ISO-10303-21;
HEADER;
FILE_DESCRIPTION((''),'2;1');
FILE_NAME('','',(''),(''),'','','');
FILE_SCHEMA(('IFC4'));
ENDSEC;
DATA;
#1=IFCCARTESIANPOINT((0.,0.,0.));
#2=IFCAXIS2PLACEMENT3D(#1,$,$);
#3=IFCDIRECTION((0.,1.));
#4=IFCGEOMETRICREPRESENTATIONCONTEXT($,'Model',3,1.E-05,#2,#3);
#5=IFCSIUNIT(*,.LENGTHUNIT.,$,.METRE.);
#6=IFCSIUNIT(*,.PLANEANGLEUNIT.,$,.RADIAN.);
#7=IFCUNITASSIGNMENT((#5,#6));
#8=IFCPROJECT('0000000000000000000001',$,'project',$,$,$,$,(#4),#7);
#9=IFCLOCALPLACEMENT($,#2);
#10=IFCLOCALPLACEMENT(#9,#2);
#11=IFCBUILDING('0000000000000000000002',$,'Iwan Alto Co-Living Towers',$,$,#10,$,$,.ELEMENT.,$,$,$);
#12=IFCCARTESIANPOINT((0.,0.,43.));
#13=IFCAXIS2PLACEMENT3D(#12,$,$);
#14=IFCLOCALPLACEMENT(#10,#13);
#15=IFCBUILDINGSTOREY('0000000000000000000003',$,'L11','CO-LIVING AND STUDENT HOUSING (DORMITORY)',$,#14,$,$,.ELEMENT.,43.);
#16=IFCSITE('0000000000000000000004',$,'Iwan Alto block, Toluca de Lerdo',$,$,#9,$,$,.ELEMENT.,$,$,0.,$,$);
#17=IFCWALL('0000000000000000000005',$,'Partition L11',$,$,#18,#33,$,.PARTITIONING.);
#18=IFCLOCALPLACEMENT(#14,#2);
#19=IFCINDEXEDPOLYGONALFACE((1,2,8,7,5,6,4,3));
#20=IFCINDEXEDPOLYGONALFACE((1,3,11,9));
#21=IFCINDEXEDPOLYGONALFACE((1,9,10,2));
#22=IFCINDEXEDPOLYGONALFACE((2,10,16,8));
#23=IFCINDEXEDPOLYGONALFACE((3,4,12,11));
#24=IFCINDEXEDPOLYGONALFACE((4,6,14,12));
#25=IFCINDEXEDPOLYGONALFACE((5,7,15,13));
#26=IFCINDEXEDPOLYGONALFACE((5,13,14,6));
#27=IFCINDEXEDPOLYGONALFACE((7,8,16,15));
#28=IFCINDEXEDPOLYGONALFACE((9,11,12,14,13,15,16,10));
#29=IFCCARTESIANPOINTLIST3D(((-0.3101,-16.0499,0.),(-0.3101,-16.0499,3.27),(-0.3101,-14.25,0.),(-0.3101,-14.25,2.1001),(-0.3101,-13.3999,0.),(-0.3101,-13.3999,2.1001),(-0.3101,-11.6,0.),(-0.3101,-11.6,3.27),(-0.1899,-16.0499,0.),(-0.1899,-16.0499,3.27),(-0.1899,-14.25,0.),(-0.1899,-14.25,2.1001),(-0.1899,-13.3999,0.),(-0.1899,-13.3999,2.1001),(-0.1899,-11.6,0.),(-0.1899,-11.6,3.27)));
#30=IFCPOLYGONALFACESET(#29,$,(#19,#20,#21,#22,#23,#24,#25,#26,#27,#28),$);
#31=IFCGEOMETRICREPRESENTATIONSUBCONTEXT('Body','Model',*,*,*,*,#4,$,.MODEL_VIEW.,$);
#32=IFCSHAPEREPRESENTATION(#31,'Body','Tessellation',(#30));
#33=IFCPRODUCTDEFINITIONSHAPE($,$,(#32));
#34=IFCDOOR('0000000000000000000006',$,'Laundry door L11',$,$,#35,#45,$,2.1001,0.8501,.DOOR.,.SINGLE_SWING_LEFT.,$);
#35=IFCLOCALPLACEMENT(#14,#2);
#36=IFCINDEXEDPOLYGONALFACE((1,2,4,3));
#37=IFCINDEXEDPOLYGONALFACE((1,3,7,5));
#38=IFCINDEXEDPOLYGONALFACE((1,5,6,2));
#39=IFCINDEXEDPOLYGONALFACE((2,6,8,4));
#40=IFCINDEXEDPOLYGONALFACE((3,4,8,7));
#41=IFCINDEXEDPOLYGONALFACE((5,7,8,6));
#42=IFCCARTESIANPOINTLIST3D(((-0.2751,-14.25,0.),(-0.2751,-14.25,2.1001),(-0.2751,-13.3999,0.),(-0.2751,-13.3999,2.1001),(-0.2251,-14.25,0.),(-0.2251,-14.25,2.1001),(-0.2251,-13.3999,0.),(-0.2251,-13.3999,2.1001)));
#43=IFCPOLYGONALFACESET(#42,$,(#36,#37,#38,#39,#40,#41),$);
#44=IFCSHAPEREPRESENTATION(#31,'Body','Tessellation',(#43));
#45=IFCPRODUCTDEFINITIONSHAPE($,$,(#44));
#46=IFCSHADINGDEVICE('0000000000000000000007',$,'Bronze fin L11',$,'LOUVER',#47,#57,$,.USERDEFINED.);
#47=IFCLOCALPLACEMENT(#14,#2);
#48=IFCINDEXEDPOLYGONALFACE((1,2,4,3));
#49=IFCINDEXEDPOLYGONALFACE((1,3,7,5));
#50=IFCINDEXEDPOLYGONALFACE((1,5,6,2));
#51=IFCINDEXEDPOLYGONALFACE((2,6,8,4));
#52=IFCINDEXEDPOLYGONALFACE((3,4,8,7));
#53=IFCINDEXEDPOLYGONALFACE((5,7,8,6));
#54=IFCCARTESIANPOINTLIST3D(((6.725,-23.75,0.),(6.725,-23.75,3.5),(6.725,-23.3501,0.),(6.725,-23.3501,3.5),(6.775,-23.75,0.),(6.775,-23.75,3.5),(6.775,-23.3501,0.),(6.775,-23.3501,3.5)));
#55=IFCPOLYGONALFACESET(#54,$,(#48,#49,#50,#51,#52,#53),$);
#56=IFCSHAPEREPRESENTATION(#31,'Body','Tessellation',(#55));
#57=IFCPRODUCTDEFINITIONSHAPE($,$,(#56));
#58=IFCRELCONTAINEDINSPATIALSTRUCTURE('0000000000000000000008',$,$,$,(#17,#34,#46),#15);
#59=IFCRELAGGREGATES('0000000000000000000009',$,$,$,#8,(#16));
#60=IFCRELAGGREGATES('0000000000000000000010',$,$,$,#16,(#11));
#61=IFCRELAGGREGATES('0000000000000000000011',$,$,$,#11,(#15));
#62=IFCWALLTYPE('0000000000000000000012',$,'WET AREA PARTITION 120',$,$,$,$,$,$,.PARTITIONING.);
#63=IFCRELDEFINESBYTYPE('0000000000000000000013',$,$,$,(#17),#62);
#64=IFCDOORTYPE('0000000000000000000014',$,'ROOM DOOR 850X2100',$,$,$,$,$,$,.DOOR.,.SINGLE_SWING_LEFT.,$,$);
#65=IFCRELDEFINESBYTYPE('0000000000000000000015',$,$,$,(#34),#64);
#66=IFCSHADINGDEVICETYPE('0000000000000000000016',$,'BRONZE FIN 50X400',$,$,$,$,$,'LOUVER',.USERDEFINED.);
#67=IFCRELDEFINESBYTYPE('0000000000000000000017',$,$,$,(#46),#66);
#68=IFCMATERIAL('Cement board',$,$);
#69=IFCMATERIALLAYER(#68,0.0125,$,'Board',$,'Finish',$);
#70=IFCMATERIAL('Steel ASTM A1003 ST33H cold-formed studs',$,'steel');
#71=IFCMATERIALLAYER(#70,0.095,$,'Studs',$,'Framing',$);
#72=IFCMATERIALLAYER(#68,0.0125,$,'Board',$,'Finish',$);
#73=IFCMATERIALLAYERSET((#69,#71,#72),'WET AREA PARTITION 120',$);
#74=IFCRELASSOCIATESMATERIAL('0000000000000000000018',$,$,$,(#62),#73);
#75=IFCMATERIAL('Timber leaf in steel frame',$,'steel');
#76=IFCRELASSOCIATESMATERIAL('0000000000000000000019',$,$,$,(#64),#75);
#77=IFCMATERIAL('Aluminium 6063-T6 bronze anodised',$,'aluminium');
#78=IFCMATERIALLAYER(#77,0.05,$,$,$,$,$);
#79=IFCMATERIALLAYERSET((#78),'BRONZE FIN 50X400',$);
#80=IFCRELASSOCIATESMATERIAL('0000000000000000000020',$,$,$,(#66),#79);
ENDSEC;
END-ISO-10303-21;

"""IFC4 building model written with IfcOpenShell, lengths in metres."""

from ifc_helpers import new_model, si_unit, direction, frame, frame_2d, origin, origin_2d, place, context, subcontext, project, spatial, rectangle, extrude, material, layer, layer_set, type_object, element, fill, save


model = new_model("IFC4")

# Units and contexts
model_context = context("Model", 3, precision=1e-05, world=origin(), true_north=direction((0.0, 1.0)))
body_context = subcontext(model_context, "Body", "Model", "MODEL_VIEW")
ifc_project = project(units=[si_unit("LENGTHUNIT", "METRE"), si_unit("PLANEANGLEUNIT", "RADIAN")], contexts=[model_context])

# Site, building, storey
site_placement = place(None, origin())
site = spatial("IfcSite", under=ifc_project, at=site_placement, Name="Iwan Alto block, Toluca de Lerdo", CompositionType="ELEMENT", RefElevation=0.0)
building_placement = place(site_placement, origin())
building = spatial("IfcBuilding", under=site, at=building_placement, Name="Iwan Alto Co-Living Towers", CompositionType="ELEMENT")
storey_placement = place(building_placement, frame((0.0, 0.0, 43.0)))
storey = spatial("IfcBuildingStorey", under=building, at=storey_placement, Name="L11", Description="CO-LIVING AND STUDENT HOUSING (DORMITORY)", CompositionType="ELEMENT", Elevation=43.0)

# Shared definitions
ifc_material_1 = material(Name="Steel ASTM A1003 ST33H cold-formed studs", Category="steel")

# Shared definitions
ifc_material_2 = material(Name="Cement board")
ifc_layer_1 = layer(ifc_material_2, 0.0125, Name="Board", Category="Finish")
ifc_layer_2 = layer(ifc_material_1, 0.095, Name="Studs", Category="Framing")
ifc_layer_3 = layer(ifc_material_2, 0.0125, Name="Board", Category="Finish")
ifc_layer_set_1 = layer_set([ifc_layer_1, ifc_layer_2, ifc_layer_3], Name="WET AREA PARTITION 120")
wall_type_1 = type_object("IfcWallType", Name="WET AREA PARTITION 120", PredefinedType="PARTITIONING", material=ifc_layer_set_1)

# Wall, opening, door
ifc_material_3 = material(Name="Timber leaf in steel frame", Category="steel")
door_type_1 = type_object("IfcDoorType", Name="ROOM DOOR 850X2100", OperationType="SINGLE_SWING_LEFT", PredefinedType="DOOR", material=ifc_material_3)
wall_1_placement = place(storey_placement, frame((-0.25, -16.05, 0.0), z_axis=(0.0, 0.0, 1.0), x_axis=(0.0, 1.0, 0.0)))
wall_1 = element("IfcWall", 1, at=wall_1_placement, inside=storey, type_object=wall_type_1, Name="Partition L11", PredefinedType="PARTITIONING", context=body_context, shape_type="SweptSolid", body=[
    extrude(rectangle(XDim=4.45, YDim=0.1201, at=frame_2d((2.2251, 0.0))), origin(), (0.0, 0.0, 1.0), 3.27),
])
opening_1_placement = place(wall_1_placement, frame((1.8, 0.0, 0.0)))
opening_1 = element("IfcOpeningElement", 2, at=opening_1_placement, cuts=wall_1, PredefinedType="OPENING", context=body_context, shape_type="SweptSolid", body=[
    extrude(rectangle(XDim=0.8501, YDim=2.1001, at=frame_2d((0.425, 1.05))), frame((0.0, 0.0701, 0.0), z_axis=(0.0, -1.0, 0.0), x_axis=(1.0, 0.0, 0.0)), (0.0, 0.0, 1.0), 0.1401),
])
door_1_placement = place(opening_1_placement, frame((0.8501, 0.0, 0.0), z_axis=(0.0, 0.0, 1.0), x_axis=(-1.0, 0.0, 0.0)))
door_1 = element("IfcDoor", 3, at=door_1_placement, inside=storey, type_object=door_type_1, Name="Laundry door L11", OperationType="SINGLE_SWING_LEFT", OverallHeight=2.1001, OverallWidth=0.8501, PredefinedType="DOOR", context=body_context, shape_type="SweptSolid", body=[
    extrude(rectangle(XDim=0.8501, YDim=2.1001, at=frame_2d((0.425, 1.05))), frame((0.0, 0.0249, 0.0), z_axis=(0.0, -1.0, 0.0), x_axis=(1.0, 0.0, 0.0)), (0.0, 0.0, 1.0), 0.05),
])
fill(opening_1, door_1)

# Shading device
ifc_material_4 = material(Name="Aluminium 6063-T6 bronze anodised", Category="aluminium")
ifc_layer_4 = layer(ifc_material_4, 0.05)
ifc_layer_set_2 = layer_set([ifc_layer_4], Name="BRONZE FIN 50X400")
shading_device_type = type_object("IfcShadingDeviceType", Name="BRONZE FIN 50X400", ElementType="LOUVER", PredefinedType="USERDEFINED", material=ifc_layer_set_2)
shading_device_placement = place(storey_placement, frame((6.75, -23.55, 0.0), z_axis=(0.0, 0.0, 1.0), x_axis=(1.0, 0.0, 0.0)))
element("IfcShadingDevice", 4, at=shading_device_placement, inside=storey, type_object=shading_device_type, Name="Bronze fin L11", ObjectType="LOUVER", PredefinedType="USERDEFINED", context=body_context, shape_type="SweptSolid", body=[
    extrude(rectangle(XDim=0.05, YDim=0.3999, at=origin_2d()), origin(), (0.0, 0.0, 1.0), 3.5),
])

save(model, "model.ifc")
